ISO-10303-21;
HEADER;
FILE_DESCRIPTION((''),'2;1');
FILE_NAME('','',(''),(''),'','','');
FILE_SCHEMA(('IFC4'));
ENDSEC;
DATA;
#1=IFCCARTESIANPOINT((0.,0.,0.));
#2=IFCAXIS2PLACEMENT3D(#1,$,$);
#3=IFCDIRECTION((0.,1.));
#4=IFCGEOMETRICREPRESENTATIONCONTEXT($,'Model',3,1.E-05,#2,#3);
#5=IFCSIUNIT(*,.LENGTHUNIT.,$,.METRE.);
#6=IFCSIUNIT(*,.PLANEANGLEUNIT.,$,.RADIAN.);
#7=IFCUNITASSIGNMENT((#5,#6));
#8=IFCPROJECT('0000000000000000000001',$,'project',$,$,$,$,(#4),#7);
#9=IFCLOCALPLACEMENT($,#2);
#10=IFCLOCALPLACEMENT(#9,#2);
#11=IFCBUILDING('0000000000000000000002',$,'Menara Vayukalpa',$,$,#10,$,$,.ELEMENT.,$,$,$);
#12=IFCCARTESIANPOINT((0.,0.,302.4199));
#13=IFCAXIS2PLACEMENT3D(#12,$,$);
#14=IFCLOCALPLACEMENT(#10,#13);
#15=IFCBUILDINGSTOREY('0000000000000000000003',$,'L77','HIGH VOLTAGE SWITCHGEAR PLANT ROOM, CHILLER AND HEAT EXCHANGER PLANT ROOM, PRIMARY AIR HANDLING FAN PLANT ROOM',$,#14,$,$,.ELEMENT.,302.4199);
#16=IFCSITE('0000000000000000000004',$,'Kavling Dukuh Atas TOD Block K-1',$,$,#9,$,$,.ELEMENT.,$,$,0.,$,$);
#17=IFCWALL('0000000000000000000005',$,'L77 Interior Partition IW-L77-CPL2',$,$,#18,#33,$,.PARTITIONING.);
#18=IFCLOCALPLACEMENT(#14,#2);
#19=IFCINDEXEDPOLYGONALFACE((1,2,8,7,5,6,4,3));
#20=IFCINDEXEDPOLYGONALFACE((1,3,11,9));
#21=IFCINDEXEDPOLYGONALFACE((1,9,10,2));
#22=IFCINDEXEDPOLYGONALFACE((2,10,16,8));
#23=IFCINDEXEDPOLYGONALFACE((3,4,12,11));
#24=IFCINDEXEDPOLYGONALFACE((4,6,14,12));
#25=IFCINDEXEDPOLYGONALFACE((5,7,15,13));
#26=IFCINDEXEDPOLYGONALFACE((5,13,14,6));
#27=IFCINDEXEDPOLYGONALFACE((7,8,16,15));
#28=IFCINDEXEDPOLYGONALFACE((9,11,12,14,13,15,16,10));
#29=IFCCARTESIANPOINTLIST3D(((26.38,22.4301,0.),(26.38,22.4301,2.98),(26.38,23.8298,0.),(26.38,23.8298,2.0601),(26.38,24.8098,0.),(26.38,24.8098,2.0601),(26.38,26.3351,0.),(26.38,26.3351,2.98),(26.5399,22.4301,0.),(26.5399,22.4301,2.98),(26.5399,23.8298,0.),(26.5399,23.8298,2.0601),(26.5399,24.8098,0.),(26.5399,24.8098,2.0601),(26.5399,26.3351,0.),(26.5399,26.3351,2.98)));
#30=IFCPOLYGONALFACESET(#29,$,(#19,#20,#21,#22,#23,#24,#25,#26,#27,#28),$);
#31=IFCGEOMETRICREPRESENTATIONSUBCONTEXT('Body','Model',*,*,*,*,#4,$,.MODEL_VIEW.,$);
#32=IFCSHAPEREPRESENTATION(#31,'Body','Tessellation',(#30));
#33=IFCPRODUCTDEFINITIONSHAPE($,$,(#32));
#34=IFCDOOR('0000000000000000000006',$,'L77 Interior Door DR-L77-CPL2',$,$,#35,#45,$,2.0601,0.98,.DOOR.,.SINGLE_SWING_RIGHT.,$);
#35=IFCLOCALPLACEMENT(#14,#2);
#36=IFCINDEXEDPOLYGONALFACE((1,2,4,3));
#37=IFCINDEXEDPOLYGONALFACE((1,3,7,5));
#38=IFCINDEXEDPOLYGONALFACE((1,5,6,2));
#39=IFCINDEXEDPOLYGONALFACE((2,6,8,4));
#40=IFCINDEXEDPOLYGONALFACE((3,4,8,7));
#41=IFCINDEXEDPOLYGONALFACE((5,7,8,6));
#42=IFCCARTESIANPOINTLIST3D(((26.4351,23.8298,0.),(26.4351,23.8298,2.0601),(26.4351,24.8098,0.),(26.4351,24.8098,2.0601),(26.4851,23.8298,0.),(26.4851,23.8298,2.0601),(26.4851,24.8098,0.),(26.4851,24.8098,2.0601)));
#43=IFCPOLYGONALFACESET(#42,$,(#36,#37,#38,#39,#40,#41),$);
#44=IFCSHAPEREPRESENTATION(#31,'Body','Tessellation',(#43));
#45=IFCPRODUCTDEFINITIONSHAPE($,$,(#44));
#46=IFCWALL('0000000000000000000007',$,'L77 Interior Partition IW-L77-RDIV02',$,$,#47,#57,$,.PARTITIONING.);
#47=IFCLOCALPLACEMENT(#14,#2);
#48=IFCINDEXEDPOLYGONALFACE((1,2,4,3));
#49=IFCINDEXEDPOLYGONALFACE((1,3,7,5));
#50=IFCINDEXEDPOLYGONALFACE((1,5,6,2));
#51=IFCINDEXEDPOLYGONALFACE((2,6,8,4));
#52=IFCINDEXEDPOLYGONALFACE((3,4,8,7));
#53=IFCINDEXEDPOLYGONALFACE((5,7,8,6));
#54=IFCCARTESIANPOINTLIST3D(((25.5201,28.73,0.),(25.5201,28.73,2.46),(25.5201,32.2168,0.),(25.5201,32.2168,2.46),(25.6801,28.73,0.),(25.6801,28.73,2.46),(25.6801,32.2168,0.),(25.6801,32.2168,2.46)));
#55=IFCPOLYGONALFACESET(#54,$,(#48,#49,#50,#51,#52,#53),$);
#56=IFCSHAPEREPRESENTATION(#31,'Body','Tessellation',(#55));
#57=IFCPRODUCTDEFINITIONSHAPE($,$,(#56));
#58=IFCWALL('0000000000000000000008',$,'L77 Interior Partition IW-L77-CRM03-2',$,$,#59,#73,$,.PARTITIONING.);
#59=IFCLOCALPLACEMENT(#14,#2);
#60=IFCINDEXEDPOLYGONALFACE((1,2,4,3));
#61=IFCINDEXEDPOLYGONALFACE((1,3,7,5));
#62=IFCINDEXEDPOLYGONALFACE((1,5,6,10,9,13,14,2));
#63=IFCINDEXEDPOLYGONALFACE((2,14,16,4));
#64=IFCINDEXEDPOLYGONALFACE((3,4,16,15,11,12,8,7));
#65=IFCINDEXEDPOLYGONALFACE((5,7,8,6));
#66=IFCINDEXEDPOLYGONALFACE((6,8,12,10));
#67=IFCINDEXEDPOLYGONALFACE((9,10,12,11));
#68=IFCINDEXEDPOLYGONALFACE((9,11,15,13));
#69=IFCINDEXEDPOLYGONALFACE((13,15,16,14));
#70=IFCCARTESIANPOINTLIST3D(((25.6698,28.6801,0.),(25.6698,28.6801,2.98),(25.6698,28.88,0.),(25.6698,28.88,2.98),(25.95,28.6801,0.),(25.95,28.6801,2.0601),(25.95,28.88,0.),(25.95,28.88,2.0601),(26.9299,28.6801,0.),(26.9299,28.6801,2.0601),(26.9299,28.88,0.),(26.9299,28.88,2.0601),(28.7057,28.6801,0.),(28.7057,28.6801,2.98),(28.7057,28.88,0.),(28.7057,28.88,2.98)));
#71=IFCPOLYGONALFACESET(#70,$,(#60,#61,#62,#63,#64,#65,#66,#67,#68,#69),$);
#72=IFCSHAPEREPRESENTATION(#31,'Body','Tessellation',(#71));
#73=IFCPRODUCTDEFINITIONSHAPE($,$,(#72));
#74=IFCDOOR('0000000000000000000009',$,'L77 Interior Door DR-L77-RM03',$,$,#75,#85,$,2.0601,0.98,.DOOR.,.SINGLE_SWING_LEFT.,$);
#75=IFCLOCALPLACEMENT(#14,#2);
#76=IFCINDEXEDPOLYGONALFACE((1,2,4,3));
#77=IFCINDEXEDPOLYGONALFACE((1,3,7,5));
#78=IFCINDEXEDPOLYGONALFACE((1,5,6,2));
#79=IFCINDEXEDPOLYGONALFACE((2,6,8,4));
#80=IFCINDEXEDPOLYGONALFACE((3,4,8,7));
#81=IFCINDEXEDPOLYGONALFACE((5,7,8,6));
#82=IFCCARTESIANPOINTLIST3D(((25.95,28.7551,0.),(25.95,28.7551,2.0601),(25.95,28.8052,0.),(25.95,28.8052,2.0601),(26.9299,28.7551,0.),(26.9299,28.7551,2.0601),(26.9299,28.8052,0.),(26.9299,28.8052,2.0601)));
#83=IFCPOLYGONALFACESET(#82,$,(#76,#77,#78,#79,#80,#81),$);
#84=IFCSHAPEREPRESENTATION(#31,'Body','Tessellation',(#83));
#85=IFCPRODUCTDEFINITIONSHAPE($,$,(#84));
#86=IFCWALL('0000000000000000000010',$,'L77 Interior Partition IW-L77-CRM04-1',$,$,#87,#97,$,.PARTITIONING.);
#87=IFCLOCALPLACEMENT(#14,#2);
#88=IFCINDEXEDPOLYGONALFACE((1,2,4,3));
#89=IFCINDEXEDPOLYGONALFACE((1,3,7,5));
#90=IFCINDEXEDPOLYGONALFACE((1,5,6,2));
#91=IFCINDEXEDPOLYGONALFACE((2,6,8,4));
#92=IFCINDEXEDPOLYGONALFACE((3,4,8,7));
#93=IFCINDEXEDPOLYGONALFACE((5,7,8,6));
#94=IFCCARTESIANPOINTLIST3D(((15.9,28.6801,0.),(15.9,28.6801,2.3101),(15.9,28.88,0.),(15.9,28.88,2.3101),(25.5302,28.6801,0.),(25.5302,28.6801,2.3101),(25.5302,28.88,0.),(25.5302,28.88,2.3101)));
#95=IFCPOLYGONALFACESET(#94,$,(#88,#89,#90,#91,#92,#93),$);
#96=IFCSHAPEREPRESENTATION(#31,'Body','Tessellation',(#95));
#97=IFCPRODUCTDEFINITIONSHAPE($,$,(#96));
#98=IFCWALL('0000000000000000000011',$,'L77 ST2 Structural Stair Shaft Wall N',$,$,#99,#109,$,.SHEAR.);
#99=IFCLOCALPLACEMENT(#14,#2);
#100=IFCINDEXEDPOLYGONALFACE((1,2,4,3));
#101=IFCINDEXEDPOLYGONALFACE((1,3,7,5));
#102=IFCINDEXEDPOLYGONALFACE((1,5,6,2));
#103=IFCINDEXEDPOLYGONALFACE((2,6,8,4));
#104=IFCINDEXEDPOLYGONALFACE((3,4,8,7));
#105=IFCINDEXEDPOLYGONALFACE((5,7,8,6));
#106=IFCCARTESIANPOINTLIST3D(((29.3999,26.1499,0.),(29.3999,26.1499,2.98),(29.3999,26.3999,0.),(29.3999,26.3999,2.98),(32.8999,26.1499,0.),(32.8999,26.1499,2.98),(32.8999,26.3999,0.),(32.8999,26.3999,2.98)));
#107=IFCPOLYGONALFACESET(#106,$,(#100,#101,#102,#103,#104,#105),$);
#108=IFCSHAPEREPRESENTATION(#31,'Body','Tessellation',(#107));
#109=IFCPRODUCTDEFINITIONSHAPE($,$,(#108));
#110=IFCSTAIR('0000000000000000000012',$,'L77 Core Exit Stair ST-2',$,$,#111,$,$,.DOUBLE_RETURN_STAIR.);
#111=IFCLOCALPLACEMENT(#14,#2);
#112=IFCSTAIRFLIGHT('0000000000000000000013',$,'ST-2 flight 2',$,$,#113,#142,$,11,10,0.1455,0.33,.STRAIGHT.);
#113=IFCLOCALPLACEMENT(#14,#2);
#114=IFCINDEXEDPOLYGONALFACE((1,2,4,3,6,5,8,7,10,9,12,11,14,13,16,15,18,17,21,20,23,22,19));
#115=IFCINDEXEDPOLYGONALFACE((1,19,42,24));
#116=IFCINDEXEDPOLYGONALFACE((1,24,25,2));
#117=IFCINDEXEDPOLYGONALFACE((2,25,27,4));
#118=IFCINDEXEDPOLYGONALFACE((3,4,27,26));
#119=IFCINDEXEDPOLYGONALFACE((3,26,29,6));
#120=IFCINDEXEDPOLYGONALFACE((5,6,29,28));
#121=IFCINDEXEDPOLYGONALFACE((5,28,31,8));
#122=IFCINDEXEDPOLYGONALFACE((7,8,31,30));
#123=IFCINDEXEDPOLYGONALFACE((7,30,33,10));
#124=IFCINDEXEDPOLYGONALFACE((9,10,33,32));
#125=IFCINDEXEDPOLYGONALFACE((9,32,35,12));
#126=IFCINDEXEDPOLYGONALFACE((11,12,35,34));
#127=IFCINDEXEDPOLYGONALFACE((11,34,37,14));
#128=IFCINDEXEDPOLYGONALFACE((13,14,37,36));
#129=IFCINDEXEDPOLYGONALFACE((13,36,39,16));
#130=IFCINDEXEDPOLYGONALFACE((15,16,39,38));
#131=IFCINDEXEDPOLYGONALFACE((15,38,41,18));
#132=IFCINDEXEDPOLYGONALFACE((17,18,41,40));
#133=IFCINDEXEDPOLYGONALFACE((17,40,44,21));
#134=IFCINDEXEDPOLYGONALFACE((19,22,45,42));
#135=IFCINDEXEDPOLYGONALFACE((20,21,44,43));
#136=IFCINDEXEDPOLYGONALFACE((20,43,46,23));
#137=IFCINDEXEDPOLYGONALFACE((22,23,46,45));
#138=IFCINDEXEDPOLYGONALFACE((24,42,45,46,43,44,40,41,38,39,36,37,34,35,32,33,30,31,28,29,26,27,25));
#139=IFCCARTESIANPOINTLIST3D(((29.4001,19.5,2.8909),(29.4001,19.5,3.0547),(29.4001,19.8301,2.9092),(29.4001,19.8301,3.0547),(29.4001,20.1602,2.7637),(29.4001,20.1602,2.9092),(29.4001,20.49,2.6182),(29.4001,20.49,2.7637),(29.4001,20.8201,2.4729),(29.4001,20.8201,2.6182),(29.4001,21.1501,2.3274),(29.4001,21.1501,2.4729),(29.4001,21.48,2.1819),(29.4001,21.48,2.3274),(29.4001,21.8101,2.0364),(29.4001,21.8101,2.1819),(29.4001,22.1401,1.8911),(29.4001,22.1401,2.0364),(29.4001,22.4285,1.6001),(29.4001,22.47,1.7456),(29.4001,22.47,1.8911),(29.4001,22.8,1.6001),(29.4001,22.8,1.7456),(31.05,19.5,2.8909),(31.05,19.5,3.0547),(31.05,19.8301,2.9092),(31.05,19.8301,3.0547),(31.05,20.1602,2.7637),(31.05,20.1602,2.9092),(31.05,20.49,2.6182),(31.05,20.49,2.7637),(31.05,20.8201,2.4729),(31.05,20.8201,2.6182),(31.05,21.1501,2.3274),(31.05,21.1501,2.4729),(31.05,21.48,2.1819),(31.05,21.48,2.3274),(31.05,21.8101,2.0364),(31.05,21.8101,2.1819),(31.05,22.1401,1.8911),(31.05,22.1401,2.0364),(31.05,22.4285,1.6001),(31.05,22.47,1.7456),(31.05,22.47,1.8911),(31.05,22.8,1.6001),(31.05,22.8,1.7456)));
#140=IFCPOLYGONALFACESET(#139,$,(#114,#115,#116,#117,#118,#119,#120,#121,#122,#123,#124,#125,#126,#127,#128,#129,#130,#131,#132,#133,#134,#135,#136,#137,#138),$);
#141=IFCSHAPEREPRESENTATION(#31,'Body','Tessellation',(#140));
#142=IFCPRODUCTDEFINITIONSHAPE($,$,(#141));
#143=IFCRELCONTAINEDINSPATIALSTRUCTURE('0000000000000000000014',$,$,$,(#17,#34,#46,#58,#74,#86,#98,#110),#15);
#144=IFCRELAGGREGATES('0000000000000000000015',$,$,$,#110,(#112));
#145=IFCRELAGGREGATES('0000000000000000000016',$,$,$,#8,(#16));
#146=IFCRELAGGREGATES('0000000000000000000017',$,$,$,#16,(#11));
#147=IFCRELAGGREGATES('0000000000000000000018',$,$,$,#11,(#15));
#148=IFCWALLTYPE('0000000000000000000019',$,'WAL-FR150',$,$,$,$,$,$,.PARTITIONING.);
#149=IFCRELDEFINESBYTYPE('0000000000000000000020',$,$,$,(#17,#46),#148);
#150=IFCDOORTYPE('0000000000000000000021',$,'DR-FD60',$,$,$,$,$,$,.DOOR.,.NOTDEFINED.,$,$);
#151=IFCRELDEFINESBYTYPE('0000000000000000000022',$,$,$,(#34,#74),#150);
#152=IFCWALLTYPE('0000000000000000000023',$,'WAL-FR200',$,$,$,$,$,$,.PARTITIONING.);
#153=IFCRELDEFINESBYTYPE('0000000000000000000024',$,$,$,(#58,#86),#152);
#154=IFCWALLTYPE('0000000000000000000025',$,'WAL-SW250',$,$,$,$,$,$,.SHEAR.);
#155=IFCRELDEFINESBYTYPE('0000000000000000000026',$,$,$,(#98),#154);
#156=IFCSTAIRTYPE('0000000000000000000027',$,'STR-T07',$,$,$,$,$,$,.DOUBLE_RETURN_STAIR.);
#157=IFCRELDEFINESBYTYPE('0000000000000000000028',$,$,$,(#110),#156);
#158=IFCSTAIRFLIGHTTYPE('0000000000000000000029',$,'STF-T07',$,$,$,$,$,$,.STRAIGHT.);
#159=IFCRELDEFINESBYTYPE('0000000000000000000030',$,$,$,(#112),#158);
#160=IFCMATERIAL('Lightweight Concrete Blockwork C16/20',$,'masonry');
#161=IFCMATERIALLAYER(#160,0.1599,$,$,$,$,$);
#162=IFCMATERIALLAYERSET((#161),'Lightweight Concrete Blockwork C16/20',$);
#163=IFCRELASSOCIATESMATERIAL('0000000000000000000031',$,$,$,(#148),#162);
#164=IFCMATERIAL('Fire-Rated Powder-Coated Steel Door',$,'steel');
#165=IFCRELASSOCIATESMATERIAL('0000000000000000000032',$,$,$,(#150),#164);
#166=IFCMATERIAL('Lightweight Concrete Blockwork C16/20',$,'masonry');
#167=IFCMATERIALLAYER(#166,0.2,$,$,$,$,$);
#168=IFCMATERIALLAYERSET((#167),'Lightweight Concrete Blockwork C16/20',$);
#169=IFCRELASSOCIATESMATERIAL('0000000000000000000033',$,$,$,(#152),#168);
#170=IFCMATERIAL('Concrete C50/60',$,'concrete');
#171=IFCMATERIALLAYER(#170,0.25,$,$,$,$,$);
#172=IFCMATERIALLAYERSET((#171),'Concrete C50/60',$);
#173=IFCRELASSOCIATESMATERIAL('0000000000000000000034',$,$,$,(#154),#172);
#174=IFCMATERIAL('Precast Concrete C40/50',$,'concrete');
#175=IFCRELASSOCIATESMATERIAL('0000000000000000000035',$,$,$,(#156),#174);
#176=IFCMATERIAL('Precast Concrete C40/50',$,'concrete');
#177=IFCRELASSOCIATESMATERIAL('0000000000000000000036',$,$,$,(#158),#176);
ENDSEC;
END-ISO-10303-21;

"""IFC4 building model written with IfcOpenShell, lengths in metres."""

from ifc_helpers import new_model, si_unit, direction, frame, frame_2d, origin, place, context, subcontext, project, spatial, polyline, rectangle, outline, extrude, material, layer, layer_set, type_object, element, fill, aggregate, save


model = new_model("IFC4")

# Units and contexts
model_context = context("Model", 3, precision=1e-05, world=origin(), true_north=direction((0.0, 1.0)))
body_context = subcontext(model_context, "Body", "Model", "MODEL_VIEW")
ifc_project = project(units=[si_unit("LENGTHUNIT", "METRE"), si_unit("PLANEANGLEUNIT", "RADIAN")], contexts=[model_context])

# Site, building, storey
site_placement = place(None, origin())
site = spatial("IfcSite", under=ifc_project, at=site_placement, Name="Kavling Dukuh Atas TOD Block K-1", CompositionType="ELEMENT", RefElevation=0.0)
building_placement = place(site_placement, origin())
building = spatial("IfcBuilding", under=site, at=building_placement, Name="Menara Vayukalpa", CompositionType="ELEMENT")
storey_placement = place(building_placement, frame((0.0, 0.0, 302.4199)))
storey = spatial("IfcBuildingStorey", under=building, at=storey_placement, Name="L77", Description="HIGH VOLTAGE SWITCHGEAR PLANT ROOM, CHILLER AND HEAT EXCHANGER PLANT ROOM, PRIMARY AIR HANDLING FAN PLANT ROOM", CompositionType="ELEMENT", Elevation=302.4199)

# Shared definitions
ifc_material_1 = material(Name="Lightweight Concrete Blockwork C16/20", Category="masonry")
ifc_layer_1 = layer(ifc_material_1, 0.1599)
ifc_layer_set_1 = layer_set([ifc_layer_1], Name="Lightweight Concrete Blockwork C16/20")
wall_type_1 = type_object("IfcWallType", Name="WAL-FR150", PredefinedType="PARTITIONING", material=ifc_layer_set_1)

# Shared definitions
ifc_material_2 = material(Name="Fire-Rated Powder-Coated Steel Door", Category="steel")
door_type = type_object("IfcDoorType", Name="DR-FD60", OperationType="NOTDEFINED", PredefinedType="DOOR", material=ifc_material_2)

# Wall, opening, door
wall_1_placement = place(storey_placement, frame((26.46, 22.4299, 0.0), z_axis=(0.0, 0.0, 1.0), x_axis=(0.0, 1.0, 0.0)))
wall_1 = element("IfcWall", 1, at=wall_1_placement, inside=storey, type_object=wall_type_1, Name="L77 Interior Partition IW-L77-CPL2", PredefinedType="PARTITIONING", context=body_context, shape_type="SweptSolid", body=[
    extrude(rectangle(XDim=3.905, YDim=0.1599, at=frame_2d((1.9526, 0.0))), origin(), (0.0, 0.0, 1.0), 2.98),
])
opening_1_placement = place(wall_1_placement, frame((1.3999, 0.0, 0.0)))
opening_1 = element("IfcOpeningElement", 2, at=opening_1_placement, cuts=wall_1, PredefinedType="OPENING", context=body_context, shape_type="SweptSolid", body=[
    extrude(rectangle(XDim=0.98, YDim=2.0601, at=frame_2d((0.49, 1.03))), frame((0.0, 0.0898, 0.0), z_axis=(0.0, -1.0, 0.0), x_axis=(1.0, 0.0, 0.0)), (0.0, 0.0, 1.0), 0.1799),
])
door_1_placement = place(opening_1_placement, origin())
door_1 = element("IfcDoor", 3, at=door_1_placement, inside=storey, type_object=door_type, Name="L77 Interior Door DR-L77-CPL2", OperationType="SINGLE_SWING_RIGHT", OverallHeight=2.0601, OverallWidth=0.98, PredefinedType="DOOR", context=body_context, shape_type="SweptSolid", body=[
    extrude(rectangle(XDim=0.98, YDim=2.0601, at=frame_2d((0.49, 1.03))), frame((0.0, 0.0249, 0.0), z_axis=(0.0, -1.0, 0.0), x_axis=(1.0, 0.0, 0.0)), (0.0, 0.0, 1.0), 0.05),
])
fill(opening_1, door_1)

# Wall
wall_2_placement = place(storey_placement, frame((25.6001, 28.73, 0.0), z_axis=(0.0, 0.0, 1.0), x_axis=(0.0, 1.0, 0.0)))
element("IfcWall", 4, at=wall_2_placement, inside=storey, type_object=wall_type_1, Name="L77 Interior Partition IW-L77-RDIV02", PredefinedType="PARTITIONING", context=body_context, shape_type="SweptSolid", body=[
    extrude(rectangle(XDim=3.4868, YDim=0.1599, at=frame_2d((1.7434, 0.0))), origin(), (0.0, 0.0, 1.0), 2.46),
])

# Wall, opening, door
ifc_material_3 = material(Name="Lightweight Concrete Blockwork C16/20", Category="masonry")
ifc_layer_2 = layer(ifc_material_3, 0.2)
ifc_layer_set_2 = layer_set([ifc_layer_2], Name="Lightweight Concrete Blockwork C16/20")
wall_type_2 = type_object("IfcWallType", Name="WAL-FR200", PredefinedType="PARTITIONING", material=ifc_layer_set_2)
wall_3_placement = place(storey_placement, frame((28.7058, 28.78, 0.0), z_axis=(0.0, 0.0, 1.0), x_axis=(-1.0, 0.0, 0.0)))
wall_3 = element("IfcWall", 5, at=wall_3_placement, inside=storey, type_object=wall_type_2, Name="L77 Interior Partition IW-L77-CRM03-2", PredefinedType="PARTITIONING", context=body_context, shape_type="SweptSolid", body=[
    extrude(rectangle(XDim=3.0359, YDim=0.2, at=frame_2d((1.5181, 0.0))), origin(), (0.0, 0.0, 1.0), 2.98),
])
opening_2_placement = place(wall_3_placement, frame((1.7759, 0.0, 0.0)))
opening_2 = element("IfcOpeningElement", 6, at=opening_2_placement, cuts=wall_3, PredefinedType="OPENING", context=body_context, shape_type="SweptSolid", body=[
    extrude(rectangle(XDim=0.98, YDim=2.0601, at=frame_2d((0.49, 1.03))), frame((0.0, 0.1099, 0.0), z_axis=(0.0, -1.0, 0.0), x_axis=(1.0, 0.0, 0.0)), (0.0, 0.0, 1.0), 0.22),
])
door_2_placement = place(opening_2_placement, origin())
door_2 = element("IfcDoor", 7, at=door_2_placement, inside=storey, type_object=door_type, Name="L77 Interior Door DR-L77-RM03", OperationType="SINGLE_SWING_LEFT", OverallHeight=2.0601, OverallWidth=0.98, PredefinedType="DOOR", context=body_context, shape_type="SweptSolid", body=[
    extrude(rectangle(XDim=0.98, YDim=2.0601, at=frame_2d((0.49, 1.03))), frame((0.0, 0.0249, 0.0), z_axis=(0.0, -1.0, 0.0), x_axis=(1.0, 0.0, 0.0)), (0.0, 0.0, 1.0), 0.05),
])
fill(opening_2, door_2)

# Walls
wall_4_placement = place(storey_placement, frame((25.53, 28.78, 0.0), z_axis=(0.0, 0.0, 1.0), x_axis=(-1.0, 0.0, 0.0)))
element("IfcWall", 8, at=wall_4_placement, inside=storey, type_object=wall_type_2, Name="L77 Interior Partition IW-L77-CRM04-1", PredefinedType="PARTITIONING", context=body_context, shape_type="SweptSolid", body=[
    extrude(rectangle(XDim=9.6301, YDim=0.2, at=frame_2d((4.8149, 0.0))), origin(), (0.0, 0.0, 1.0), 2.3101),
])
ifc_material_4 = material(Name="Concrete C50/60", Category="concrete")
ifc_layer_3 = layer(ifc_material_4, 0.25)
ifc_layer_set_3 = layer_set([ifc_layer_3], Name="Concrete C50/60")
wall_type_3 = type_object("IfcWallType", Name="WAL-SW250", PredefinedType="SHEAR", material=ifc_layer_set_3)
wall_5_placement = place(storey_placement, frame((29.3999, 26.2749, 0.0), z_axis=(0.0, 0.0, 1.0), x_axis=(1.0, 0.0, 0.0)))
element("IfcWall", 9, at=wall_5_placement, inside=storey, type_object=wall_type_3, Name="L77 ST2 Structural Stair Shaft Wall N", PredefinedType="SHEAR", context=body_context, shape_type="SweptSolid", body=[
    extrude(rectangle(XDim=3.5, YDim=0.25, at=frame_2d((1.75, 0.0))), origin(), (0.0, 0.0, 1.0), 2.98),
])

# Stair, stair flight
ifc_material_5 = material(Name="Precast Concrete C40/50", Category="concrete")
stair_type = type_object("IfcStairType", Name="STR-T07", PredefinedType="DOUBLE_RETURN_STAIR", material=ifc_material_5)
stair_placement = place(storey_placement, origin())
stair = element("IfcStair", 10, at=stair_placement, inside=storey, type_object=stair_type, Name="L77 Core Exit Stair ST-2", PredefinedType="DOUBLE_RETURN_STAIR")
ifc_material_6 = material(Name="Precast Concrete C40/50", Category="concrete")
stair_flight_type = type_object("IfcStairFlightType", Name="STF-T07", PredefinedType="STRAIGHT", material=ifc_material_6)
stair_flight_placement = place(storey_placement, frame((30.2251, 22.8, 1.6001), z_axis=(0.0, 0.0, 1.0), x_axis=(0.0, -1.0, 0.0)))
stair_flight = element("IfcStairFlight", 11, at=stair_flight_placement, type_object=stair_flight_type, Name="ST-2 flight 2", NumberOfRisers=11, NumberOfTreads=10, PredefinedType="STRAIGHT", RiserHeight=0.1455, TreadLength=0.33, context=body_context, shape_type="SweptSolid", body=[
    extrude(outline(polyline([(0.0, 0.0), (0.0, 0.1455), (0.3301, 0.1455), (0.3301, 0.291), (0.6599, 0.291), (0.6599, 0.4363), (0.99, 0.4363), (0.99, 0.5818), (1.3201, 0.5818), (1.3201, 0.7273), (1.6499, 0.7273), (1.6499, 0.8728), (1.98, 0.8728), (1.98, 1.0181), (2.3101, 1.0181), (2.3101, 1.1636), (2.6399, 1.1636), (2.6399, 1.3091), (2.97, 1.3091), (2.97, 1.4546), (3.3, 1.4546), (3.3, 1.6001), (3.3, 1.2908), (0.3716, 0.0), (0.0, 0.0)])), frame((0.0, 0.825, 0.0), z_axis=(0.0, -1.0, 0.0), x_axis=(1.0, 0.0, 0.0)), (0.0, 0.0, 1.0), 1.6499),
])
aggregate(stair, [stair_flight])

save(model, "model.ifc")
